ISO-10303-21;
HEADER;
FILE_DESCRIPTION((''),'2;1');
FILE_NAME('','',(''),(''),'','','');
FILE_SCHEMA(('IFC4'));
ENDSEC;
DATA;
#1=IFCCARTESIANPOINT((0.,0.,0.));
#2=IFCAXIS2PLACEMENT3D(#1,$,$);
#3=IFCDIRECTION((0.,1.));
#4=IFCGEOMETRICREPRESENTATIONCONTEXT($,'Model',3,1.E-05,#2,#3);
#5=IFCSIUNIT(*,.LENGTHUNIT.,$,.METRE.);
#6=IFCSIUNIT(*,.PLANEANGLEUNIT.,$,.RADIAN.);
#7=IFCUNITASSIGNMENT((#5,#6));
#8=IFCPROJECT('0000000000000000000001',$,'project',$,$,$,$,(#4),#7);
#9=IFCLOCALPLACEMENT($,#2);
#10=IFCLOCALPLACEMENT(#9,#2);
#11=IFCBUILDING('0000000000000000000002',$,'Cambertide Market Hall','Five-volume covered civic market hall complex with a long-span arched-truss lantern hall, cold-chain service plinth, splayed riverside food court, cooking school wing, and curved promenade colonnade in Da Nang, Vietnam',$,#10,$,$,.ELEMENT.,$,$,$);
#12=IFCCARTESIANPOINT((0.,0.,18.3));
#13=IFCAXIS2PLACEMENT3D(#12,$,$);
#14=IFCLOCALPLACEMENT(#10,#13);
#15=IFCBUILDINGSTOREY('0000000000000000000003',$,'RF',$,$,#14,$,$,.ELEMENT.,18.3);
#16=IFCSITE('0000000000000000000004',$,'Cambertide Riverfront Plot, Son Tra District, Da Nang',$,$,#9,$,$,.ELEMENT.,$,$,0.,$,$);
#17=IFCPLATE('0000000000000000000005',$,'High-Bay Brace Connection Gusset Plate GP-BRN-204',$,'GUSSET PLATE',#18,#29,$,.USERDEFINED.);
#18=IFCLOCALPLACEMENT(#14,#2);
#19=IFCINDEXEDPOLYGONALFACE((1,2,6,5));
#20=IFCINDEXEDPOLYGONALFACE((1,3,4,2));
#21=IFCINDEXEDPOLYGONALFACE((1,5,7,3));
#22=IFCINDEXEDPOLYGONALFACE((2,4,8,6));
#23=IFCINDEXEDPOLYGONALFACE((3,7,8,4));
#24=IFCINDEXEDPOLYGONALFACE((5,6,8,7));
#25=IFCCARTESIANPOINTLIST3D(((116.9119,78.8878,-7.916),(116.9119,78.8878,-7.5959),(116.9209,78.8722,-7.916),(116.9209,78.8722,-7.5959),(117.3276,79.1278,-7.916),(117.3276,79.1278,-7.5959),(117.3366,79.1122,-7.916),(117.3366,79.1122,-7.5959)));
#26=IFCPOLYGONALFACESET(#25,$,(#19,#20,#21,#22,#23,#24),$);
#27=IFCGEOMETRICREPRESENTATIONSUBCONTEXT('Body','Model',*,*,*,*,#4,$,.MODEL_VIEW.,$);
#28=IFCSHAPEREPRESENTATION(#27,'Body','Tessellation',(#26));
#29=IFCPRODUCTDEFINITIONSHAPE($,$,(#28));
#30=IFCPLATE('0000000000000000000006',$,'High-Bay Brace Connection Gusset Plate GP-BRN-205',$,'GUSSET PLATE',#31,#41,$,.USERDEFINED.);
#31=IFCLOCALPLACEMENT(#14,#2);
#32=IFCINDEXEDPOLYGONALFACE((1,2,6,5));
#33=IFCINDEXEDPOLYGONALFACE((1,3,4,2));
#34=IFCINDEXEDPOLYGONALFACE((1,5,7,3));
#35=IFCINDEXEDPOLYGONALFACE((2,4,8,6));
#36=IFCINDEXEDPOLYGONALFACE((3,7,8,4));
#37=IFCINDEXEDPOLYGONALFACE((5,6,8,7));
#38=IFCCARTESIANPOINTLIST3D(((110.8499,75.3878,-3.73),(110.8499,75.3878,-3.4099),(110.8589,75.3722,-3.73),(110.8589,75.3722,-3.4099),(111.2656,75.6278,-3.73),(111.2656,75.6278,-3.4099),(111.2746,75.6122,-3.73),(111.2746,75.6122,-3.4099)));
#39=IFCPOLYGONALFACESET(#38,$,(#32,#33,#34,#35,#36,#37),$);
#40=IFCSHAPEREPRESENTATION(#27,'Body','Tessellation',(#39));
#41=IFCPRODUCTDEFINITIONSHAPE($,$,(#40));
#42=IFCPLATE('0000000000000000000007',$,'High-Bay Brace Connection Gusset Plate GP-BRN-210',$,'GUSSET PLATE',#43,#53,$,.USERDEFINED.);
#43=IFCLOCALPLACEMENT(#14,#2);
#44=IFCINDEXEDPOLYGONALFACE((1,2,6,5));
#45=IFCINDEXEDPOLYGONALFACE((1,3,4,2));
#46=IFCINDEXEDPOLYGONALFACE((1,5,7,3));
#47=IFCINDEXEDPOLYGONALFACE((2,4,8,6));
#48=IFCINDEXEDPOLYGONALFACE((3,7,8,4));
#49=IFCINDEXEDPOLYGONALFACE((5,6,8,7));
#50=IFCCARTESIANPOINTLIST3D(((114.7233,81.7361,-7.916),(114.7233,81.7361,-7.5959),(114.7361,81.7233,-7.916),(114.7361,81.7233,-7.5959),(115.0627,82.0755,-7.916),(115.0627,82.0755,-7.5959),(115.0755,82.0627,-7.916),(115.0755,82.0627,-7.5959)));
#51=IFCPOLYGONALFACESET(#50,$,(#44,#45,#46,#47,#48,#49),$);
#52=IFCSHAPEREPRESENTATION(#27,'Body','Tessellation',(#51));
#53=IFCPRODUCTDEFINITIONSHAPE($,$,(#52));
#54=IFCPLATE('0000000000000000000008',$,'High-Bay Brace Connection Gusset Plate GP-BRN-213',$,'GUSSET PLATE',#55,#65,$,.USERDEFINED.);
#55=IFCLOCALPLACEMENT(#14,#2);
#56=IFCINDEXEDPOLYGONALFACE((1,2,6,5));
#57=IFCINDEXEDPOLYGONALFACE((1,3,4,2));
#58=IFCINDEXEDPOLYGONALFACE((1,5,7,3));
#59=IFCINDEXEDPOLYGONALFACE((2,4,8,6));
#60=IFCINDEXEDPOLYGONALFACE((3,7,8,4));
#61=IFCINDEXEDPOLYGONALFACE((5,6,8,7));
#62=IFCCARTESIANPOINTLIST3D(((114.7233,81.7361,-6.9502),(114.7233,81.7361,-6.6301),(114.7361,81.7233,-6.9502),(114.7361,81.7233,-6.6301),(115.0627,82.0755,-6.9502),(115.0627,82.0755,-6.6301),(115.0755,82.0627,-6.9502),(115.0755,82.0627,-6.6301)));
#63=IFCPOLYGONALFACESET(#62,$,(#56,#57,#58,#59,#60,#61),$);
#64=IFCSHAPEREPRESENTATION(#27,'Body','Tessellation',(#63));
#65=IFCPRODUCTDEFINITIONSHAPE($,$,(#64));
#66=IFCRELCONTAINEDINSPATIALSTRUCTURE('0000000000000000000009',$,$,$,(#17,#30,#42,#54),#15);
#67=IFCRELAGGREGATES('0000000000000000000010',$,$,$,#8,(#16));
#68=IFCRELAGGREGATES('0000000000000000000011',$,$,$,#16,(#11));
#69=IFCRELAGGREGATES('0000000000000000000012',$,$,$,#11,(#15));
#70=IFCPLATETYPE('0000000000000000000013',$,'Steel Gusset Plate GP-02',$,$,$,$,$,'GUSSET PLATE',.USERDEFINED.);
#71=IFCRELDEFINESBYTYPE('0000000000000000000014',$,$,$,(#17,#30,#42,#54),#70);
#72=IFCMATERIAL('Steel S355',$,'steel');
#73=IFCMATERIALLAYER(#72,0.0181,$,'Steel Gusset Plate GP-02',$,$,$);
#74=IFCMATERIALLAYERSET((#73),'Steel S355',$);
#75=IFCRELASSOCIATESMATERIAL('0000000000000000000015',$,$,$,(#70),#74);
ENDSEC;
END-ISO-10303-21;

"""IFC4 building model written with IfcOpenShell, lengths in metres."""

from ifc_helpers import new_model, si_unit, direction, frame, origin, origin_2d, place, context, subcontext, project, spatial, rectangle, extrude, material, layer, layer_set, type_object, element, save


model = new_model("IFC4")

# Units and contexts
model_context = context("Model", 3, precision=1e-05, world=origin(), true_north=direction((0.0, 1.0)))
body_context = subcontext(model_context, "Body", "Model", "MODEL_VIEW")
ifc_project = project(units=[si_unit("LENGTHUNIT", "METRE"), si_unit("PLANEANGLEUNIT", "RADIAN")], contexts=[model_context])

# Site, building, storey
site_placement = place(None, origin())
site = spatial("IfcSite", under=ifc_project, at=site_placement, Name="Cambertide Riverfront Plot, Son Tra District, Da Nang", CompositionType="ELEMENT", RefElevation=0.0)
building_placement = place(site_placement, origin())
building = spatial("IfcBuilding", under=site, at=building_placement, Name="Cambertide Market Hall", Description="Five-volume covered civic market hall complex with a long-span arched-truss lantern hall, cold-chain service plinth, splayed riverside food court, cooking school wing, and curved promenade colonnade in Da Nang, Vietnam", CompositionType="ELEMENT")
storey_placement = place(building_placement, frame((0.0, 0.0, 18.3)))
storey = spatial("IfcBuildingStorey", under=building, at=storey_placement, Name="RF", CompositionType="ELEMENT", Elevation=18.3)

# Plates
ifc_material_1 = material(Name="Steel S355", Category="steel")
ifc_layer = layer(ifc_material_1, 0.0181, Name="Steel Gusset Plate GP-02")
ifc_layer_set = layer_set([ifc_layer], Name="Steel S355")
plate_type = type_object("IfcPlateType", Name="Steel Gusset Plate GP-02", ElementType="GUSSET PLATE", PredefinedType="USERDEFINED", material=ifc_layer_set)
for number, where, z_axis, x_axis, name in (
    (1, (117.1243, 79.0, -7.916), (0.0, 0.0, 1.0), (-0.866025, -0.5, 0.0), "High-Bay Brace Connection Gusset Plate GP-BRN-204"),
    (2, (111.0623, 75.5, -3.73), (0.0, 0.0, 1.0), (-0.866025, -0.5, 0.0), "High-Bay Brace Connection Gusset Plate GP-BRN-205"),
    (3, (114.8994, 81.8994, -7.916), (0.0, 0.0, 1.0), (-0.707107, -0.707107, 0.0), "High-Bay Brace Connection Gusset Plate GP-BRN-210"),
    (4, (114.8994, 81.8994, -6.9502), (0.0, 0.0, 1.0), (-0.707107, -0.707107, 0.0), "High-Bay Brace Connection Gusset Plate GP-BRN-213"),
):
    element("IfcPlate", number, at=place(storey_placement, frame(where, z_axis=z_axis, x_axis=x_axis)), inside=storey, type_object=plate_type, Name=name, ObjectType="GUSSET PLATE", PredefinedType="USERDEFINED", context=body_context, shape_type="SweptSolid", body=[
        extrude(rectangle(XDim=0.48, YDim=0.0181, at=origin_2d()), origin(), (0.0, 0.0, 1.0), 0.3201),
    ])

save(model, "model.ifc")
